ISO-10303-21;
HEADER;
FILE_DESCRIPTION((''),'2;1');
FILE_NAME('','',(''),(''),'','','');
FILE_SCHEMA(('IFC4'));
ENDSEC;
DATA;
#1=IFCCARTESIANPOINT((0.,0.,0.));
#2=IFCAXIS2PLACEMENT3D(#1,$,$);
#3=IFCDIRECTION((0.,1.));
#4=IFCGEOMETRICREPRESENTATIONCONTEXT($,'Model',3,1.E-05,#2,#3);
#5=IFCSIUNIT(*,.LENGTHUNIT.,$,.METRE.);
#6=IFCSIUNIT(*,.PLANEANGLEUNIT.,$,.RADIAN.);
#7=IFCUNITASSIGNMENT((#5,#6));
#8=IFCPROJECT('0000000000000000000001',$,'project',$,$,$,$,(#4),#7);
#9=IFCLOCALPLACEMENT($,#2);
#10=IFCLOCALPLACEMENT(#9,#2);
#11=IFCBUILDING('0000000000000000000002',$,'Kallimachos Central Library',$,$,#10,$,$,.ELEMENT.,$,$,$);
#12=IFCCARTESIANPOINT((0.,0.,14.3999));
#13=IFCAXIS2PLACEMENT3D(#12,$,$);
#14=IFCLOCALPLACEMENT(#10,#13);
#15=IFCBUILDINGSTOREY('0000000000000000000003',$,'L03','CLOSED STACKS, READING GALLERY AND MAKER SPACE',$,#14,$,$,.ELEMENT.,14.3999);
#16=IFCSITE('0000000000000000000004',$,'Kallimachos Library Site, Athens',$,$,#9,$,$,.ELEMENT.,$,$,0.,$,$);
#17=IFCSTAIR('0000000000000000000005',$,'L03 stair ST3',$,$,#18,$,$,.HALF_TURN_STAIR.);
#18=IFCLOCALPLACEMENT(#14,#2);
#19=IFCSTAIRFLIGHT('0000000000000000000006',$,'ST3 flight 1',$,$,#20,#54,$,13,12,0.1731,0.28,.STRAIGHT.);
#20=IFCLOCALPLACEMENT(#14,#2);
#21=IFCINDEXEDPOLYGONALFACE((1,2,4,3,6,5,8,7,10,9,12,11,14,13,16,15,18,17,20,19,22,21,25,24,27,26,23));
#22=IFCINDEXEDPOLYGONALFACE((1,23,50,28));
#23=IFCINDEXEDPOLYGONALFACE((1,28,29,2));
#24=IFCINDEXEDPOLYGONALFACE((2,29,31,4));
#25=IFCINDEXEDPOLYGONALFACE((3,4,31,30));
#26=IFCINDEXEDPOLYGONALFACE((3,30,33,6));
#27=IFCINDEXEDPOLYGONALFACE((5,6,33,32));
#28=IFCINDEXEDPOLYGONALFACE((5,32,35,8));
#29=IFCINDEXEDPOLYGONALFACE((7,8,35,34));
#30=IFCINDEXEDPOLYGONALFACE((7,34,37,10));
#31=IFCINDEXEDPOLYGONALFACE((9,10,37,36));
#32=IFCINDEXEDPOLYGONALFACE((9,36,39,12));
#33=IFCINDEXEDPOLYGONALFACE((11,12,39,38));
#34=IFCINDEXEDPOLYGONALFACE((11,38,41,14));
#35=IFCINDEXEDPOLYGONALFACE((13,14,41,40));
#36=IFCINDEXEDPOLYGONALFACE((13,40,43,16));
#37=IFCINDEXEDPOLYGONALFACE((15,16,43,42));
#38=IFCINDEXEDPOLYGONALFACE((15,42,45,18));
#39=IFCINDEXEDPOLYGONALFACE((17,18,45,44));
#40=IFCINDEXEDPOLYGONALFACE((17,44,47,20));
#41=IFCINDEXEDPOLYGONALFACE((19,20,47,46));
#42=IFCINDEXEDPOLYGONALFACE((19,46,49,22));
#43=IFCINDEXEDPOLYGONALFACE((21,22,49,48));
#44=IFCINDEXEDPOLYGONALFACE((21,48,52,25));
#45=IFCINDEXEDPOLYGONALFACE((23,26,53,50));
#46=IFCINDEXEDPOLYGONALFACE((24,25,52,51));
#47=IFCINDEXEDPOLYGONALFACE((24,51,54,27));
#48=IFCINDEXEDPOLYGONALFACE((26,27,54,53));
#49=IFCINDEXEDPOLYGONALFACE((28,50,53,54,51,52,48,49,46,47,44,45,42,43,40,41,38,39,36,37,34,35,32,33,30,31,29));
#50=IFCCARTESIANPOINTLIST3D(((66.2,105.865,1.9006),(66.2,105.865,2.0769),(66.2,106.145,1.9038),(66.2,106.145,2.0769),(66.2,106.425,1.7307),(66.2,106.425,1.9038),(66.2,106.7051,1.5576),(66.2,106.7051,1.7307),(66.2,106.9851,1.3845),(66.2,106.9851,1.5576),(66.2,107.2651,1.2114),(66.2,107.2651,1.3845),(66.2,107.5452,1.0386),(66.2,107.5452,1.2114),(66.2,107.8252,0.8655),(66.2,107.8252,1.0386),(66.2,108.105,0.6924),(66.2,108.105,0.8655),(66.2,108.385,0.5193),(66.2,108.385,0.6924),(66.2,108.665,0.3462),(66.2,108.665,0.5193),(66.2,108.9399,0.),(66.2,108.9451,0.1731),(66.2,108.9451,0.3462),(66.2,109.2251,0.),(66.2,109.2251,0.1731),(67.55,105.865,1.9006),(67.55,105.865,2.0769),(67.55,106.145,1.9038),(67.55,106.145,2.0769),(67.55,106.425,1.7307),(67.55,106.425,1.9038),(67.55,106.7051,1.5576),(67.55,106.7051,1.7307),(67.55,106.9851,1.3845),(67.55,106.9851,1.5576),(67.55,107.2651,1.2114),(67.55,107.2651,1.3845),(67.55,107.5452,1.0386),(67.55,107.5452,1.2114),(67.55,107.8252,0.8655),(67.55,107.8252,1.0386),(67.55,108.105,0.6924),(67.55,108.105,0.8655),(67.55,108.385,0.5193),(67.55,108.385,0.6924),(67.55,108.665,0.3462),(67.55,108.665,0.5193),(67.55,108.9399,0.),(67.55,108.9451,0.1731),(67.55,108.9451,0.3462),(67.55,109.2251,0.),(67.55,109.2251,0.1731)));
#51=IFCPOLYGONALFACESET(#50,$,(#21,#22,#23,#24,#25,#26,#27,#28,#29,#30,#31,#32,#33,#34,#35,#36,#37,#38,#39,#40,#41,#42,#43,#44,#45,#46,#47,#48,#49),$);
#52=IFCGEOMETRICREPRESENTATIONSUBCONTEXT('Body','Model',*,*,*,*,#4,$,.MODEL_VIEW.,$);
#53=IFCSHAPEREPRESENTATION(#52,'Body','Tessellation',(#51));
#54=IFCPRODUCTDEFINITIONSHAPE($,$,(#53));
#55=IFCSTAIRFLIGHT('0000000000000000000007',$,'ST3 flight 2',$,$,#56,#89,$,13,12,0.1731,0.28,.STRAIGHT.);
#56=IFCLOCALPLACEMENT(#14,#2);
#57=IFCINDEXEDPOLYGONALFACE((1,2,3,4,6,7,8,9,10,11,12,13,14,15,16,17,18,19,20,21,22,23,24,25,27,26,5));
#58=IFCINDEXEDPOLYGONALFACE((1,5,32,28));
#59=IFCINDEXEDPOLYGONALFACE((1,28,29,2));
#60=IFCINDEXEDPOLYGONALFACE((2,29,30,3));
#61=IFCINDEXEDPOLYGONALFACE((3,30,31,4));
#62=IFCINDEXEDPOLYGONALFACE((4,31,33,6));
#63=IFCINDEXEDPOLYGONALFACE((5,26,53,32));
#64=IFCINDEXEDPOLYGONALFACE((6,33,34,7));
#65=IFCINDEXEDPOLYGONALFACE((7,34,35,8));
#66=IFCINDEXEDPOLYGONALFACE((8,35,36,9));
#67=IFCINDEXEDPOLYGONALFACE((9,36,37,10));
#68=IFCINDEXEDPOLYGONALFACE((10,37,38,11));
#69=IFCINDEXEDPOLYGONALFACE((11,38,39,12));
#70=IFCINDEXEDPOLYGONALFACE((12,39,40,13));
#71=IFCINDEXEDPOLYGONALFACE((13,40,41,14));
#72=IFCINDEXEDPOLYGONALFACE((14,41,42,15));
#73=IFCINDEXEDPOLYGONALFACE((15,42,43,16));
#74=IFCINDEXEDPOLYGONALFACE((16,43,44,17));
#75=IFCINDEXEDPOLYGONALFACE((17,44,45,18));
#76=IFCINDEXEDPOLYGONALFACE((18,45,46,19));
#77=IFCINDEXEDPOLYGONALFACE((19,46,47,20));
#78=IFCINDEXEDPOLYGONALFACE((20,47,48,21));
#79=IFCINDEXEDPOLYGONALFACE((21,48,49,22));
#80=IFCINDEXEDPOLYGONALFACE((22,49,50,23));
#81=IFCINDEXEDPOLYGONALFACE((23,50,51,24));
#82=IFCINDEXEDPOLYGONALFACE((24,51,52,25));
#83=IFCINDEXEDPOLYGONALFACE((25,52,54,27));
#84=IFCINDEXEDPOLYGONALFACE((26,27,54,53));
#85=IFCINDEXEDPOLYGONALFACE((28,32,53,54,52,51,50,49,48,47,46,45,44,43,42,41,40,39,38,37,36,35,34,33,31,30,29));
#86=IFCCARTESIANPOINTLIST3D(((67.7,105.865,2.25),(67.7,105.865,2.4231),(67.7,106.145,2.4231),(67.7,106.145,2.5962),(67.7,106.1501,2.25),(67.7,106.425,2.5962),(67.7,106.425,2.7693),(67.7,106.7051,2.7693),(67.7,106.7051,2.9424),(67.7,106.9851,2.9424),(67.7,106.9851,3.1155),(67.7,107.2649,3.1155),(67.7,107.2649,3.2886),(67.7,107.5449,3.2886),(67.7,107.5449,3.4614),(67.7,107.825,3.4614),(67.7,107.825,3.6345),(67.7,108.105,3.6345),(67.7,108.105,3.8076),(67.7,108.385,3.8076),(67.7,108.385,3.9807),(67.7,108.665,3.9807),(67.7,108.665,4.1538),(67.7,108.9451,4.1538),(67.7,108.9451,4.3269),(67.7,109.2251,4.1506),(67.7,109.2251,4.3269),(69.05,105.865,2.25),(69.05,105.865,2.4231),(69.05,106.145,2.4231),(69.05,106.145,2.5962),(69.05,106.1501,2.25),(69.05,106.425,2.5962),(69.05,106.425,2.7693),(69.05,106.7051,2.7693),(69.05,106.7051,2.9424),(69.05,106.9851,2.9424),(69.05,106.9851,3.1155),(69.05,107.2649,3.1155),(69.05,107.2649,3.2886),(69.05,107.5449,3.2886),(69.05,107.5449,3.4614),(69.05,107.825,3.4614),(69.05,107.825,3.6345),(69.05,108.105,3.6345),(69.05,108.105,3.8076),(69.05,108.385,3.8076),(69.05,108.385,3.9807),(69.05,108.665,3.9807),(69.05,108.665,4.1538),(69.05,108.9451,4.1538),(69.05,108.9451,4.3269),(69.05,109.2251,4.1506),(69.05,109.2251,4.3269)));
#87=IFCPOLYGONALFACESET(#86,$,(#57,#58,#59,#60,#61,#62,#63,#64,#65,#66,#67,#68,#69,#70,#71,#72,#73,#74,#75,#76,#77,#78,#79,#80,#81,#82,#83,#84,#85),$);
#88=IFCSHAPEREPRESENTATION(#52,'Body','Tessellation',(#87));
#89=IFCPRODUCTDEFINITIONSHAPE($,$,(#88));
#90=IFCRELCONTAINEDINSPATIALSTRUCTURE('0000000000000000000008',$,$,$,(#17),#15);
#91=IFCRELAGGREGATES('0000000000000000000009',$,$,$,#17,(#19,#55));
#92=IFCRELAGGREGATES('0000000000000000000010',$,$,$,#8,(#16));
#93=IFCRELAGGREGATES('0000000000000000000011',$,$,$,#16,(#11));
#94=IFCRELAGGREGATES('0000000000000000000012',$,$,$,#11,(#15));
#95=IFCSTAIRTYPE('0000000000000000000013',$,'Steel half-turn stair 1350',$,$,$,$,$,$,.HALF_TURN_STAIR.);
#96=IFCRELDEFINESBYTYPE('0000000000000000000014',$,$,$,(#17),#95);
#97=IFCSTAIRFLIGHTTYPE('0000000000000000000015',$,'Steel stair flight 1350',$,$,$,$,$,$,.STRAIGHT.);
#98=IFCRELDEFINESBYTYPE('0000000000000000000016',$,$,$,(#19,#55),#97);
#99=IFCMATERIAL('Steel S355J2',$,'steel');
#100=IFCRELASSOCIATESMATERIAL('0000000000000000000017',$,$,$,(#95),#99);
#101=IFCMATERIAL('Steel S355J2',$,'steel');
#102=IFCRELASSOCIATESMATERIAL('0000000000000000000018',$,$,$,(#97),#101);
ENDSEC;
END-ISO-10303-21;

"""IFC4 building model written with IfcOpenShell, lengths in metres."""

from ifc_helpers import new_model, si_unit, direction, frame, origin, place, context, subcontext, project, spatial, polyline, outline, extrude, material, type_object, element, aggregate, save


model = new_model("IFC4")

# Units and contexts
model_context = context("Model", 3, precision=1e-05, world=origin(), true_north=direction((0.0, 1.0)))
body_context = subcontext(model_context, "Body", "Model", "MODEL_VIEW")
ifc_project = project(units=[si_unit("LENGTHUNIT", "METRE"), si_unit("PLANEANGLEUNIT", "RADIAN")], contexts=[model_context])

# Site, building, storey
site_placement = place(None, origin())
site = spatial("IfcSite", under=ifc_project, at=site_placement, Name="Kallimachos Library Site, Athens", CompositionType="ELEMENT", RefElevation=0.0)
building_placement = place(site_placement, origin())
building = spatial("IfcBuilding", under=site, at=building_placement, Name="Kallimachos Central Library", CompositionType="ELEMENT")
storey_placement = place(building_placement, frame((0.0, 0.0, 14.3999)))
storey = spatial("IfcBuildingStorey", under=building, at=storey_placement, Name="L03", Description="CLOSED STACKS, READING GALLERY AND MAKER SPACE", CompositionType="ELEMENT", Elevation=14.3999)

# Stair, stair flights
ifc_material_1 = material(Name="Steel S355J2", Category="steel")
stair_type = type_object("IfcStairType", Name="Steel half-turn stair 1350", PredefinedType="HALF_TURN_STAIR", material=ifc_material_1)
stair_placement = place(storey_placement, origin())
stair = element("IfcStair", 1, at=stair_placement, inside=storey, type_object=stair_type, Name="L03 stair ST3", PredefinedType="HALF_TURN_STAIR")
ifc_material_2 = material(Name="Steel S355J2", Category="steel")
stair_flight_type = type_object("IfcStairFlightType", Name="Steel stair flight 1350", PredefinedType="STRAIGHT", material=ifc_material_2)
stair_flight_1_placement = place(storey_placement, frame((66.875, 109.2251, 0.0), z_axis=(0.0, 0.0, 1.0), x_axis=(0.0, -1.0, 0.0)))
stair_flight_1 = element("IfcStairFlight", 2, at=stair_flight_1_placement, type_object=stair_flight_type, Name="ST3 flight 1", NumberOfRisers=13, NumberOfTreads=12, PredefinedType="STRAIGHT", RiserHeight=0.1731, TreadLength=0.28, context=body_context, shape_type="SweptSolid", body=[
    extrude(outline(polyline([(0.0, 0.0), (0.0, 0.1731), (0.28, 0.1731), (0.28, 0.3462), (0.5601, 0.3462), (0.5601, 0.5193), (0.8401, 0.5193), (0.8401, 0.6924), (1.1201, 0.6924), (1.1201, 0.8655), (1.3999, 0.8655), (1.3999, 1.0386), (1.6799, 1.0386), (1.6799, 1.2114), (1.96, 1.2114), (1.96, 1.3845), (2.24, 1.3845), (2.24, 1.5576), (2.52, 1.5576), (2.52, 1.7307), (2.8, 1.7307), (2.8, 1.9038), (3.0801, 1.9038), (3.0801, 2.0769), (3.3601, 2.0769), (3.3601, 2.25), (3.3601, 1.9006), (0.2852, 0.0), (0.0, 0.0)])), frame((0.0, 0.675, 0.0), z_axis=(0.0, -1.0, 0.0), x_axis=(1.0, 0.0, 0.0)), (0.0, 0.0, 1.0), 1.3501),
])
stair_flight_2_placement = place(storey_placement, frame((68.375, 105.865, 2.25), z_axis=(0.0, 0.0, 1.0), x_axis=(0.0, 1.0, 0.0)))
stair_flight_2 = element("IfcStairFlight", 3, at=stair_flight_2_placement, type_object=stair_flight_type, Name="ST3 flight 2", NumberOfRisers=13, NumberOfTreads=12, PredefinedType="STRAIGHT", RiserHeight=0.1731, TreadLength=0.28, context=body_context, shape_type="SweptSolid", body=[
    extrude(outline(polyline([(0.0, 0.0), (0.0, 0.1731), (0.28, 0.1731), (0.28, 0.3462), (0.5601, 0.3462), (0.5601, 0.5193), (0.8401, 0.5193), (0.8401, 0.6924), (1.1201, 0.6924), (1.1201, 0.8655), (1.3999, 0.8655), (1.3999, 1.0386), (1.6799, 1.0386), (1.6799, 1.2114), (1.96, 1.2114), (1.96, 1.3845), (2.24, 1.3845), (2.24, 1.5576), (2.52, 1.5576), (2.52, 1.7307), (2.8, 1.7307), (2.8, 1.9038), (3.0801, 1.9038), (3.0801, 2.0769), (3.3601, 2.0769), (3.3601, 2.25), (3.3601, 1.9006), (0.2852, 0.0), (0.0, 0.0)])), frame((0.0, 0.675, 0.0), z_axis=(0.0, -1.0, 0.0), x_axis=(1.0, 0.0, 0.0)), (0.0, 0.0, 1.0), 1.3501),
])
aggregate(stair, [stair_flight_1, stair_flight_2])

save(model, "model.ifc")
